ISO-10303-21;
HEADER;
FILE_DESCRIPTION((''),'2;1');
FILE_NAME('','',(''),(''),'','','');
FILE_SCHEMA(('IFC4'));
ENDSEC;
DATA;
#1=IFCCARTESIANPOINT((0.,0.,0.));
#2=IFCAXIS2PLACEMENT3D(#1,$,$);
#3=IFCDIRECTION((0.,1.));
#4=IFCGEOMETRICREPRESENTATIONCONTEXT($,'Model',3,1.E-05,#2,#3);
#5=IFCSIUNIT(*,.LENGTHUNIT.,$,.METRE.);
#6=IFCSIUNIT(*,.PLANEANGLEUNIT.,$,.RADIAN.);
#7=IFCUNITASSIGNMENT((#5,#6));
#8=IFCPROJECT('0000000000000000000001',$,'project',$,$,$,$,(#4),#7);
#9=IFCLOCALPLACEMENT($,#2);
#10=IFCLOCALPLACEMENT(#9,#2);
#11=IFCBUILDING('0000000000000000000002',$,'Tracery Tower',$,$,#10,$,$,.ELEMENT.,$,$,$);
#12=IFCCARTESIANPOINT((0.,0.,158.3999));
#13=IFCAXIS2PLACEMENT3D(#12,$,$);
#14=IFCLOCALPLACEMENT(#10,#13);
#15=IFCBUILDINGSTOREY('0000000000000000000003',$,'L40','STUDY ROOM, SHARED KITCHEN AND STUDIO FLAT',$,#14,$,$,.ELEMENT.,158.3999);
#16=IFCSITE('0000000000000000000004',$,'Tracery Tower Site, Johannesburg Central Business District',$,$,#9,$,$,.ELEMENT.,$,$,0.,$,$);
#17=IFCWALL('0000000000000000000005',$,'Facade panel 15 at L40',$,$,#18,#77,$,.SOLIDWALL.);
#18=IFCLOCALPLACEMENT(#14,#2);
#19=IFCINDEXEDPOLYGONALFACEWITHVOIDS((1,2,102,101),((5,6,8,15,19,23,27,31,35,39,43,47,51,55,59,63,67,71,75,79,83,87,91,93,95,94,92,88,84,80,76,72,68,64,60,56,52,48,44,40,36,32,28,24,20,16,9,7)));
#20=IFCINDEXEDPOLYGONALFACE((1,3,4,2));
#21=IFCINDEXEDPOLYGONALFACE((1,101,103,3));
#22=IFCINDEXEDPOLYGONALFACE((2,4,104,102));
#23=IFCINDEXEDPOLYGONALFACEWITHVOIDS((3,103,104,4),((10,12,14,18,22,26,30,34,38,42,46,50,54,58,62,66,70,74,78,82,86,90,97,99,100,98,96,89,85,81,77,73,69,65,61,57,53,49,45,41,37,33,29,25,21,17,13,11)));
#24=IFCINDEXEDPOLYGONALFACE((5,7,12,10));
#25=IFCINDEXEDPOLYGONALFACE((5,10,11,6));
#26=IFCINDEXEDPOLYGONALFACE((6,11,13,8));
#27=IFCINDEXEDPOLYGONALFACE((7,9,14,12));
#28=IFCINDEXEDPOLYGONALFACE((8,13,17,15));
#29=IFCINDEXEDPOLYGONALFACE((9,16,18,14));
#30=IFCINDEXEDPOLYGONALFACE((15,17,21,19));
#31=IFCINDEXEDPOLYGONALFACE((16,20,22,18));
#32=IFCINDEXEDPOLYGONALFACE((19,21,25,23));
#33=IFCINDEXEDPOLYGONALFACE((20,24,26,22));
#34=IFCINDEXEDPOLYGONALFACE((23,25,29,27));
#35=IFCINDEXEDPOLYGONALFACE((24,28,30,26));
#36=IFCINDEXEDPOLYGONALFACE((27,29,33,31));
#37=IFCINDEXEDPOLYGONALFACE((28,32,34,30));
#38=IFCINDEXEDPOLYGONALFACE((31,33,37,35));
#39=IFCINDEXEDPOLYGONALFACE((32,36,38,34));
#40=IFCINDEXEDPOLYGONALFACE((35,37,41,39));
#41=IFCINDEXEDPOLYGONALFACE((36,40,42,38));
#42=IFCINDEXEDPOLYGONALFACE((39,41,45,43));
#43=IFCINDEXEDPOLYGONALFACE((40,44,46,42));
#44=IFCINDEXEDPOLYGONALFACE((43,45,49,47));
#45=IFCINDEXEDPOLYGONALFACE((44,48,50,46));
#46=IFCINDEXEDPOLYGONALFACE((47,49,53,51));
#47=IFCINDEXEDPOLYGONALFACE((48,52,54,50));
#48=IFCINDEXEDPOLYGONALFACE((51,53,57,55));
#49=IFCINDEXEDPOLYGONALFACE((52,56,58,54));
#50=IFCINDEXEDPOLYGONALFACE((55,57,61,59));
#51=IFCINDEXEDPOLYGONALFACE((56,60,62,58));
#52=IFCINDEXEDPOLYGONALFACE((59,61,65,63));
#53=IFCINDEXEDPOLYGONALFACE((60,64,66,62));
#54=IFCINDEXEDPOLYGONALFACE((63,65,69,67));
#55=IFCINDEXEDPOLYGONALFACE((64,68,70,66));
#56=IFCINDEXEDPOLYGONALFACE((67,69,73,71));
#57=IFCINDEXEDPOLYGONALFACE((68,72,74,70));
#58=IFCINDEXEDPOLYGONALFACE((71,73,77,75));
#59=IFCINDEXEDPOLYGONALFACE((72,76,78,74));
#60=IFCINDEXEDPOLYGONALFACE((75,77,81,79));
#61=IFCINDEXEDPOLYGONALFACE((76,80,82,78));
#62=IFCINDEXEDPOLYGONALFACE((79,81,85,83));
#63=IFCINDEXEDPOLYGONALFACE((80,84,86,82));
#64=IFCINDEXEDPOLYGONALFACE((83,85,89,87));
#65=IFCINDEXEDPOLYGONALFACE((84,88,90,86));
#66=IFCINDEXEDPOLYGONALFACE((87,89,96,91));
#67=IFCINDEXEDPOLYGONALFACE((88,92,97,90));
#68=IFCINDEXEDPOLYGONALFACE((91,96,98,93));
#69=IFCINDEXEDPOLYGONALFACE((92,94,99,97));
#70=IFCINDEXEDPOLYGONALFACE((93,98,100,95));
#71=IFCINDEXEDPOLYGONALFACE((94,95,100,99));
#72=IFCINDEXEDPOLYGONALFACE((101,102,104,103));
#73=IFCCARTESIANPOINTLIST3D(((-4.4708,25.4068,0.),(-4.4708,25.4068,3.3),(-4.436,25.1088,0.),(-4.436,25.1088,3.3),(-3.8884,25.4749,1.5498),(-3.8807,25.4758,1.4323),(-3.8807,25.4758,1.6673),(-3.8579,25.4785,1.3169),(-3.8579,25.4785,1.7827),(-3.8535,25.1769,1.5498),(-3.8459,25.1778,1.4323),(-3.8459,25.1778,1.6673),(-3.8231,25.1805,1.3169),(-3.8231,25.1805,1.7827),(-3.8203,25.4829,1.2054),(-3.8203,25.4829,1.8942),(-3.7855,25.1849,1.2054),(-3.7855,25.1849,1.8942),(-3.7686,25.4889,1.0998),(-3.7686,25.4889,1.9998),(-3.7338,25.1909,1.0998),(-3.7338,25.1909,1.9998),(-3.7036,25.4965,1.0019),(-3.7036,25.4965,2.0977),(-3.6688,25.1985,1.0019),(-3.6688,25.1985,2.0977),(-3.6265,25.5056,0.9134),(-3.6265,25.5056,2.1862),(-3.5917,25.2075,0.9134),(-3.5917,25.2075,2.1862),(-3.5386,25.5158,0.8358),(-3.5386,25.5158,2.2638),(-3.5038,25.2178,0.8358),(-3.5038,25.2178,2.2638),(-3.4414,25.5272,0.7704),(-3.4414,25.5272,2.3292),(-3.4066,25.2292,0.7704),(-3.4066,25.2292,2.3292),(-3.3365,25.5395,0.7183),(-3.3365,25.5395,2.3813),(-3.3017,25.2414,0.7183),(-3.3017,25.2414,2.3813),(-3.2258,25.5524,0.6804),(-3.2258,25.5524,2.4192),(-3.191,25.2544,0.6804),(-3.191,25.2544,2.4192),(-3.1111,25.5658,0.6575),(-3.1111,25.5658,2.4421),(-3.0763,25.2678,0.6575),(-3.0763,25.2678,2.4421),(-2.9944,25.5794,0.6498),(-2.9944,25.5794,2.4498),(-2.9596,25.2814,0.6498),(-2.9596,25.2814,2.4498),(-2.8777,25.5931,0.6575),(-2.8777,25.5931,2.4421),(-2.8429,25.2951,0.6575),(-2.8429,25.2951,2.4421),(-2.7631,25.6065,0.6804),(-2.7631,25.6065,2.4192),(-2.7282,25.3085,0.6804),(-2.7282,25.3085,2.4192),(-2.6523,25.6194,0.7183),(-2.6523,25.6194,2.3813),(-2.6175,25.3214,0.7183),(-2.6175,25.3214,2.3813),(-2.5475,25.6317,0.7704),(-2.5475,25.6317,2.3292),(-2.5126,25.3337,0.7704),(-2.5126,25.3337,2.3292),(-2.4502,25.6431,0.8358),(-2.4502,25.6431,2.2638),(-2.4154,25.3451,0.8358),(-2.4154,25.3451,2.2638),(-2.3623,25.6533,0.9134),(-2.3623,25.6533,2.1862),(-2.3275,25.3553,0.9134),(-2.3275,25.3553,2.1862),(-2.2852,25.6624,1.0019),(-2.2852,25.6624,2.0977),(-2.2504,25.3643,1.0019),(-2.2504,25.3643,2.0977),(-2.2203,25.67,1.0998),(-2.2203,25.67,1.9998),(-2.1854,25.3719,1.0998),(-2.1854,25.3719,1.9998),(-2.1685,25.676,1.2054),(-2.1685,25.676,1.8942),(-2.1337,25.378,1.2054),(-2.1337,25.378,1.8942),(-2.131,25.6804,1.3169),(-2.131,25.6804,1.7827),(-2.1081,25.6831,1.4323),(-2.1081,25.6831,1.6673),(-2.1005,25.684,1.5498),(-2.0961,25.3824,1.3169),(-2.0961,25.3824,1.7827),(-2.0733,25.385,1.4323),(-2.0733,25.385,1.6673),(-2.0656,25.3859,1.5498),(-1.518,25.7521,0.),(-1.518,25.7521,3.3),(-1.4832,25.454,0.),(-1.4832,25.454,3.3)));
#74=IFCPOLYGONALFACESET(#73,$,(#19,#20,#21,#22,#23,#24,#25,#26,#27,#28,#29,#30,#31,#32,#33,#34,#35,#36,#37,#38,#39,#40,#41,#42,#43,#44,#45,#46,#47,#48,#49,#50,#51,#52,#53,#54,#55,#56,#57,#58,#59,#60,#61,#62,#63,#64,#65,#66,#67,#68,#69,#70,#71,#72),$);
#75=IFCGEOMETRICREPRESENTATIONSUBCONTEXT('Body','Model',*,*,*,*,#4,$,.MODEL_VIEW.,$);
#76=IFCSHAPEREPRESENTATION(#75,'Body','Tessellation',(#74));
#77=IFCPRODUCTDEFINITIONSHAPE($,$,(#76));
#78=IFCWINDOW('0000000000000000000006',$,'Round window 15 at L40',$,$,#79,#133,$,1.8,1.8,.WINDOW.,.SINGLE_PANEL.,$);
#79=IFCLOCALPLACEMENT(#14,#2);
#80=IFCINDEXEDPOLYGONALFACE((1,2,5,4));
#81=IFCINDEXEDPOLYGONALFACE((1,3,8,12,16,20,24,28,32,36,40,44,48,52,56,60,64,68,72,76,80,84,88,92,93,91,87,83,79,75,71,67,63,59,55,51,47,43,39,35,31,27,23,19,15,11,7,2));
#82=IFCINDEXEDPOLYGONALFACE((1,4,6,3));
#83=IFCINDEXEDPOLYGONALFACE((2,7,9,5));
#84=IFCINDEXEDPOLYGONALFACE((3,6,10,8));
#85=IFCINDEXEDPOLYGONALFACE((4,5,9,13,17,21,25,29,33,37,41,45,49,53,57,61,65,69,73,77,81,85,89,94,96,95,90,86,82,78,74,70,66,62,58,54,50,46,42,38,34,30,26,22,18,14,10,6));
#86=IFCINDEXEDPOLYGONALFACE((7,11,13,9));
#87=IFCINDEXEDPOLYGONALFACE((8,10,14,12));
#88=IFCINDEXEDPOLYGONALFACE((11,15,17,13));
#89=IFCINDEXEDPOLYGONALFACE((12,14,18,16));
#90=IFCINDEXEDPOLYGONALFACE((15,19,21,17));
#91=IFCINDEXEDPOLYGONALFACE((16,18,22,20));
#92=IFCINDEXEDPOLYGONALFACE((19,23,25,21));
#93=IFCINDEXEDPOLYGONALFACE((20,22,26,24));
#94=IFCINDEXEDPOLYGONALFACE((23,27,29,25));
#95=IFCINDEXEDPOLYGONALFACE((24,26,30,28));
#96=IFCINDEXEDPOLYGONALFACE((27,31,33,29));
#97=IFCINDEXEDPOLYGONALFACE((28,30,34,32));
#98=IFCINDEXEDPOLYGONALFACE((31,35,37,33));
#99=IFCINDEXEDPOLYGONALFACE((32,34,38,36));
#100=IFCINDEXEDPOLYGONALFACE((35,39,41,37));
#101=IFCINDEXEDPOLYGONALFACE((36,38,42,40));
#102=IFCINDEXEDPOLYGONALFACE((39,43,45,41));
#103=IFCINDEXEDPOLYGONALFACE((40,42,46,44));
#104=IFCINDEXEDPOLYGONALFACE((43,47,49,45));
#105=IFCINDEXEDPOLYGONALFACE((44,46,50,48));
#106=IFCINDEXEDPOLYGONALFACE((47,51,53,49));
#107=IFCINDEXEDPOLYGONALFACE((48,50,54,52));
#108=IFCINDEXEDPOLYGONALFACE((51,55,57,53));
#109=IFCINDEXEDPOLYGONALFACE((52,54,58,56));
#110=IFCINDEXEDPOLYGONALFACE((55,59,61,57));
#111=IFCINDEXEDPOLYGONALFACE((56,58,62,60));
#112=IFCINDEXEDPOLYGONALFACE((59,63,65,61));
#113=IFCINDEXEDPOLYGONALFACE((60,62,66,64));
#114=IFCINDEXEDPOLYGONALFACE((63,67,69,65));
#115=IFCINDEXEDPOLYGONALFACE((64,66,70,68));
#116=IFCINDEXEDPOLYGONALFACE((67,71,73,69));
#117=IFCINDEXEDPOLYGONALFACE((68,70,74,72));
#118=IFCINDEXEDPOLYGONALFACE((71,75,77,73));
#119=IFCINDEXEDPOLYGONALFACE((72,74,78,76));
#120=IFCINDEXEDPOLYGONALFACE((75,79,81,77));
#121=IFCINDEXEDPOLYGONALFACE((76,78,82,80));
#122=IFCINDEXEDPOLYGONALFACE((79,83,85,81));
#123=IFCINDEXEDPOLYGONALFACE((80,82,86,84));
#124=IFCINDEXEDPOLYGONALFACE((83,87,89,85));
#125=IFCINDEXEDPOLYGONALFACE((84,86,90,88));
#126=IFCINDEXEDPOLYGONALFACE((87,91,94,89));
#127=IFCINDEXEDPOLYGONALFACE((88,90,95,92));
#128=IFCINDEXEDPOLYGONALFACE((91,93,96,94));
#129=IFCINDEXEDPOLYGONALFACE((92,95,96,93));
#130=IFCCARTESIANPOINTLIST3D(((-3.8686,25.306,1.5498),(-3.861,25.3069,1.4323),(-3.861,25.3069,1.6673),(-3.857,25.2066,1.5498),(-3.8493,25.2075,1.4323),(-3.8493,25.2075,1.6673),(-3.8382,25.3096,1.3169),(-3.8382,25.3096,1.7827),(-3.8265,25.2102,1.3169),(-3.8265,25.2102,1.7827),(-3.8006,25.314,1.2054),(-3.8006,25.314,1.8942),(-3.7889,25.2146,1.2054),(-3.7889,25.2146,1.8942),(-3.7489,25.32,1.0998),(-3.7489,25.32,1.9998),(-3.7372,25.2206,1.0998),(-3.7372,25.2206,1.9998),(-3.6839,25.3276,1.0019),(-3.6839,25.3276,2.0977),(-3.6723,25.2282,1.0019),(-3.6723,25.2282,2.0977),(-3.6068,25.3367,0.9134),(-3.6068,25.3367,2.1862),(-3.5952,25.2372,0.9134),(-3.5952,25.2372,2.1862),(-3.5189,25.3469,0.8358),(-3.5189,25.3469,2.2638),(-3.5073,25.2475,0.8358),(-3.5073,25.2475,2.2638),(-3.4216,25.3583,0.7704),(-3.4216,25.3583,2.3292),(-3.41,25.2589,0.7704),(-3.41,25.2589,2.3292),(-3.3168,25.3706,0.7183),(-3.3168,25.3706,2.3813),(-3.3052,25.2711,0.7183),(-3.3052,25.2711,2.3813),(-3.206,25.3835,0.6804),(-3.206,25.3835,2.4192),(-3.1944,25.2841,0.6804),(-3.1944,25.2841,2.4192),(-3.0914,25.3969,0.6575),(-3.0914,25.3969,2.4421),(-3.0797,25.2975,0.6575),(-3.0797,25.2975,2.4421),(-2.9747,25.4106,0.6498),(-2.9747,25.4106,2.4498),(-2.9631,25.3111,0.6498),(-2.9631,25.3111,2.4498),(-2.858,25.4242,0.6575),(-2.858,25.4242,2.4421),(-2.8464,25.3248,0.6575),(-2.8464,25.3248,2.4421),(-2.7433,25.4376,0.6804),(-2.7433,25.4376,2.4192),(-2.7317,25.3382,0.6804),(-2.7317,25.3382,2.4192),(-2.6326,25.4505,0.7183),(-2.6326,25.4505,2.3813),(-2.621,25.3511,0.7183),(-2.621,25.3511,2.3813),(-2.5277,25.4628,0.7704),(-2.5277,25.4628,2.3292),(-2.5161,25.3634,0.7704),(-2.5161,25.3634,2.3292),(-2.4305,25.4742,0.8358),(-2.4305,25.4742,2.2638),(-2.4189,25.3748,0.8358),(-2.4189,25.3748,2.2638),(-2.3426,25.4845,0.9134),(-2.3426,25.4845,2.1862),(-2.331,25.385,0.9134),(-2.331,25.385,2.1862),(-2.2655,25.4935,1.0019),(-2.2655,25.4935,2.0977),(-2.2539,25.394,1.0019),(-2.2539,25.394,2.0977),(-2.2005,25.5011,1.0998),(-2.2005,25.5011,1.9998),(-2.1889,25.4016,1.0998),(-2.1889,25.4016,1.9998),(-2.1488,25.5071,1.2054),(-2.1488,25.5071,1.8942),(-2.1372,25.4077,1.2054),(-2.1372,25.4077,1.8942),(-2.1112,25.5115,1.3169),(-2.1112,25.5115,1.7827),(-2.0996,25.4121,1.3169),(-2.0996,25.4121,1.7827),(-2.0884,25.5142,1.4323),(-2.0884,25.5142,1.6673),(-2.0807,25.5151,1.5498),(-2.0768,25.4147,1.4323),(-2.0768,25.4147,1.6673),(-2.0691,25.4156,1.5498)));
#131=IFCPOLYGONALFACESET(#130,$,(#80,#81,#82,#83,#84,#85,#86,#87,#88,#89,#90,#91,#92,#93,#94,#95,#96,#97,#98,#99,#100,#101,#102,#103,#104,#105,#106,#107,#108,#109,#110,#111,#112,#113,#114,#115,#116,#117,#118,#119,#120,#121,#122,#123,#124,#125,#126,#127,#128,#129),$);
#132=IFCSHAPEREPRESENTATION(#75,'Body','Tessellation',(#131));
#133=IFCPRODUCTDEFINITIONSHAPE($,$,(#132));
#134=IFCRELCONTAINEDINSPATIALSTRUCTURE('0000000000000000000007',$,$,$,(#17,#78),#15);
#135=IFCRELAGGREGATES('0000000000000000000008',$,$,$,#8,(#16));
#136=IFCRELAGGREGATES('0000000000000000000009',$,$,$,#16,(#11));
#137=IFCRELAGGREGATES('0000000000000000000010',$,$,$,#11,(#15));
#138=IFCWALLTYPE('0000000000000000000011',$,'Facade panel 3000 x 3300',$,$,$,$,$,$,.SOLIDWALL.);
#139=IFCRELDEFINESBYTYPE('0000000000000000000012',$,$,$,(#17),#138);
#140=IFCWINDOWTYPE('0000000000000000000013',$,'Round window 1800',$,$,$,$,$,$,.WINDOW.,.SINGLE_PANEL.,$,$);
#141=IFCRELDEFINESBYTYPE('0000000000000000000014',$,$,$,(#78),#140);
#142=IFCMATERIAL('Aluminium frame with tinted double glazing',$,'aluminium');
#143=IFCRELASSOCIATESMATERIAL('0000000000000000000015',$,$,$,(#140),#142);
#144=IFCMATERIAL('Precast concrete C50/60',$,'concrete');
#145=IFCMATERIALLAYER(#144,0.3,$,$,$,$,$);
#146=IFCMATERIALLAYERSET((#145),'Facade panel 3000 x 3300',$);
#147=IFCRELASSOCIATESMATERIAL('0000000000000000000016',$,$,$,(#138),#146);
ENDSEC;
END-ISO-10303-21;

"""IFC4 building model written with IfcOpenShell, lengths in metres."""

from ifc_helpers import new_model, si_unit, direction, frame, frame_2d, origin, origin_2d, place, context, subcontext, project, spatial, rectangle, circle, extrude, material, layer, layer_set, type_object, element, fill, save


model = new_model("IFC4")

# Units and contexts
model_context = context("Model", 3, precision=1e-05, world=origin(), true_north=direction((0.0, 1.0)))
body_context = subcontext(model_context, "Body", "Model", "MODEL_VIEW")
ifc_project = project(units=[si_unit("LENGTHUNIT", "METRE"), si_unit("PLANEANGLEUNIT", "RADIAN")], contexts=[model_context])

# Site, building, storey
site_placement = place(None, origin())
site = spatial("IfcSite", under=ifc_project, at=site_placement, Name="Tracery Tower Site, Johannesburg Central Business District", CompositionType="ELEMENT", RefElevation=0.0)
building_placement = place(site_placement, origin())
building = spatial("IfcBuilding", under=site, at=building_placement, Name="Tracery Tower", CompositionType="ELEMENT")
storey_placement = place(building_placement, frame((0.0, 0.0, 158.3999)))
storey = spatial("IfcBuildingStorey", under=building, at=storey_placement, Name="L40", Description="STUDY ROOM, SHARED KITCHEN AND STUDIO FLAT", CompositionType="ELEMENT", Elevation=158.3999)

# Wall, opening, window
ifc_material_1 = material(Name="Aluminium frame with tinted double glazing", Category="aluminium")
window_type = type_object("IfcWindowType", Name="Round window 1800", PartitioningType="SINGLE_PANEL", PredefinedType="WINDOW", material=ifc_material_1)
ifc_material_2 = material(Name="Precast concrete C50/60", Category="concrete")
ifc_layer_1 = layer(ifc_material_2, 0.3)
ifc_layer_set_1 = layer_set([ifc_layer_1], Name="Facade panel 3000 x 3300")
wall_type_1 = type_object("IfcWallType", Name="Facade panel 3000 x 3300", PredefinedType="SOLIDWALL", material=ifc_layer_set_1)
wall_1_placement = place(storey_placement, frame((-1.5007, 25.603, 0.0), z_axis=(0.0, 0.0, 1.0), x_axis=(-0.993236, -0.116117, 0.0)))
wall_1 = element("IfcWall", 1, at=wall_1_placement, inside=storey, type_object=wall_type_1, Name="Facade panel 15 at L40", PredefinedType="SOLIDWALL", context=body_context, shape_type="SweptSolid", body=[
    extrude(rectangle(XDim=2.9729, YDim=0.3, at=frame_2d((1.4863, 0.0))), origin(), (0.0, 0.0, 1.0), 3.3),
])
opening_1_placement = place(wall_1_placement, frame((1.4863, 0.0, 1.5498)))
opening_1 = element("IfcOpeningElement", 2, at=opening_1_placement, cuts=wall_1, PredefinedType="OPENING", context=body_context, shape_type="SweptSolid", body=[
    extrude(circle(Radius=0.9, at=origin_2d()), frame((0.0, 0.1599, 0.0), z_axis=(0.0, -1.0, 0.0), x_axis=(1.0, 0.0, 0.0)), (0.0, 0.0, 1.0), 0.3201),
])
window_1_placement = place(opening_1_placement, origin())
window_1 = element("IfcWindow", 3, at=window_1_placement, inside=storey, type_object=window_type, Name="Round window 15 at L40", OverallHeight=1.8, OverallWidth=1.8, PartitioningType="SINGLE_PANEL", PredefinedType="WINDOW", context=body_context, shape_type="SweptSolid", body=[
    extrude(circle(Radius=0.9, at=origin_2d()), frame((0.0, 0.1201, 0.0), z_axis=(0.0, -1.0, 0.0), x_axis=(1.0, 0.0, 0.0)), (0.0, 0.0, 1.0), 0.1001),
])
fill(opening_1, window_1)

save(model, "model.ifc")
